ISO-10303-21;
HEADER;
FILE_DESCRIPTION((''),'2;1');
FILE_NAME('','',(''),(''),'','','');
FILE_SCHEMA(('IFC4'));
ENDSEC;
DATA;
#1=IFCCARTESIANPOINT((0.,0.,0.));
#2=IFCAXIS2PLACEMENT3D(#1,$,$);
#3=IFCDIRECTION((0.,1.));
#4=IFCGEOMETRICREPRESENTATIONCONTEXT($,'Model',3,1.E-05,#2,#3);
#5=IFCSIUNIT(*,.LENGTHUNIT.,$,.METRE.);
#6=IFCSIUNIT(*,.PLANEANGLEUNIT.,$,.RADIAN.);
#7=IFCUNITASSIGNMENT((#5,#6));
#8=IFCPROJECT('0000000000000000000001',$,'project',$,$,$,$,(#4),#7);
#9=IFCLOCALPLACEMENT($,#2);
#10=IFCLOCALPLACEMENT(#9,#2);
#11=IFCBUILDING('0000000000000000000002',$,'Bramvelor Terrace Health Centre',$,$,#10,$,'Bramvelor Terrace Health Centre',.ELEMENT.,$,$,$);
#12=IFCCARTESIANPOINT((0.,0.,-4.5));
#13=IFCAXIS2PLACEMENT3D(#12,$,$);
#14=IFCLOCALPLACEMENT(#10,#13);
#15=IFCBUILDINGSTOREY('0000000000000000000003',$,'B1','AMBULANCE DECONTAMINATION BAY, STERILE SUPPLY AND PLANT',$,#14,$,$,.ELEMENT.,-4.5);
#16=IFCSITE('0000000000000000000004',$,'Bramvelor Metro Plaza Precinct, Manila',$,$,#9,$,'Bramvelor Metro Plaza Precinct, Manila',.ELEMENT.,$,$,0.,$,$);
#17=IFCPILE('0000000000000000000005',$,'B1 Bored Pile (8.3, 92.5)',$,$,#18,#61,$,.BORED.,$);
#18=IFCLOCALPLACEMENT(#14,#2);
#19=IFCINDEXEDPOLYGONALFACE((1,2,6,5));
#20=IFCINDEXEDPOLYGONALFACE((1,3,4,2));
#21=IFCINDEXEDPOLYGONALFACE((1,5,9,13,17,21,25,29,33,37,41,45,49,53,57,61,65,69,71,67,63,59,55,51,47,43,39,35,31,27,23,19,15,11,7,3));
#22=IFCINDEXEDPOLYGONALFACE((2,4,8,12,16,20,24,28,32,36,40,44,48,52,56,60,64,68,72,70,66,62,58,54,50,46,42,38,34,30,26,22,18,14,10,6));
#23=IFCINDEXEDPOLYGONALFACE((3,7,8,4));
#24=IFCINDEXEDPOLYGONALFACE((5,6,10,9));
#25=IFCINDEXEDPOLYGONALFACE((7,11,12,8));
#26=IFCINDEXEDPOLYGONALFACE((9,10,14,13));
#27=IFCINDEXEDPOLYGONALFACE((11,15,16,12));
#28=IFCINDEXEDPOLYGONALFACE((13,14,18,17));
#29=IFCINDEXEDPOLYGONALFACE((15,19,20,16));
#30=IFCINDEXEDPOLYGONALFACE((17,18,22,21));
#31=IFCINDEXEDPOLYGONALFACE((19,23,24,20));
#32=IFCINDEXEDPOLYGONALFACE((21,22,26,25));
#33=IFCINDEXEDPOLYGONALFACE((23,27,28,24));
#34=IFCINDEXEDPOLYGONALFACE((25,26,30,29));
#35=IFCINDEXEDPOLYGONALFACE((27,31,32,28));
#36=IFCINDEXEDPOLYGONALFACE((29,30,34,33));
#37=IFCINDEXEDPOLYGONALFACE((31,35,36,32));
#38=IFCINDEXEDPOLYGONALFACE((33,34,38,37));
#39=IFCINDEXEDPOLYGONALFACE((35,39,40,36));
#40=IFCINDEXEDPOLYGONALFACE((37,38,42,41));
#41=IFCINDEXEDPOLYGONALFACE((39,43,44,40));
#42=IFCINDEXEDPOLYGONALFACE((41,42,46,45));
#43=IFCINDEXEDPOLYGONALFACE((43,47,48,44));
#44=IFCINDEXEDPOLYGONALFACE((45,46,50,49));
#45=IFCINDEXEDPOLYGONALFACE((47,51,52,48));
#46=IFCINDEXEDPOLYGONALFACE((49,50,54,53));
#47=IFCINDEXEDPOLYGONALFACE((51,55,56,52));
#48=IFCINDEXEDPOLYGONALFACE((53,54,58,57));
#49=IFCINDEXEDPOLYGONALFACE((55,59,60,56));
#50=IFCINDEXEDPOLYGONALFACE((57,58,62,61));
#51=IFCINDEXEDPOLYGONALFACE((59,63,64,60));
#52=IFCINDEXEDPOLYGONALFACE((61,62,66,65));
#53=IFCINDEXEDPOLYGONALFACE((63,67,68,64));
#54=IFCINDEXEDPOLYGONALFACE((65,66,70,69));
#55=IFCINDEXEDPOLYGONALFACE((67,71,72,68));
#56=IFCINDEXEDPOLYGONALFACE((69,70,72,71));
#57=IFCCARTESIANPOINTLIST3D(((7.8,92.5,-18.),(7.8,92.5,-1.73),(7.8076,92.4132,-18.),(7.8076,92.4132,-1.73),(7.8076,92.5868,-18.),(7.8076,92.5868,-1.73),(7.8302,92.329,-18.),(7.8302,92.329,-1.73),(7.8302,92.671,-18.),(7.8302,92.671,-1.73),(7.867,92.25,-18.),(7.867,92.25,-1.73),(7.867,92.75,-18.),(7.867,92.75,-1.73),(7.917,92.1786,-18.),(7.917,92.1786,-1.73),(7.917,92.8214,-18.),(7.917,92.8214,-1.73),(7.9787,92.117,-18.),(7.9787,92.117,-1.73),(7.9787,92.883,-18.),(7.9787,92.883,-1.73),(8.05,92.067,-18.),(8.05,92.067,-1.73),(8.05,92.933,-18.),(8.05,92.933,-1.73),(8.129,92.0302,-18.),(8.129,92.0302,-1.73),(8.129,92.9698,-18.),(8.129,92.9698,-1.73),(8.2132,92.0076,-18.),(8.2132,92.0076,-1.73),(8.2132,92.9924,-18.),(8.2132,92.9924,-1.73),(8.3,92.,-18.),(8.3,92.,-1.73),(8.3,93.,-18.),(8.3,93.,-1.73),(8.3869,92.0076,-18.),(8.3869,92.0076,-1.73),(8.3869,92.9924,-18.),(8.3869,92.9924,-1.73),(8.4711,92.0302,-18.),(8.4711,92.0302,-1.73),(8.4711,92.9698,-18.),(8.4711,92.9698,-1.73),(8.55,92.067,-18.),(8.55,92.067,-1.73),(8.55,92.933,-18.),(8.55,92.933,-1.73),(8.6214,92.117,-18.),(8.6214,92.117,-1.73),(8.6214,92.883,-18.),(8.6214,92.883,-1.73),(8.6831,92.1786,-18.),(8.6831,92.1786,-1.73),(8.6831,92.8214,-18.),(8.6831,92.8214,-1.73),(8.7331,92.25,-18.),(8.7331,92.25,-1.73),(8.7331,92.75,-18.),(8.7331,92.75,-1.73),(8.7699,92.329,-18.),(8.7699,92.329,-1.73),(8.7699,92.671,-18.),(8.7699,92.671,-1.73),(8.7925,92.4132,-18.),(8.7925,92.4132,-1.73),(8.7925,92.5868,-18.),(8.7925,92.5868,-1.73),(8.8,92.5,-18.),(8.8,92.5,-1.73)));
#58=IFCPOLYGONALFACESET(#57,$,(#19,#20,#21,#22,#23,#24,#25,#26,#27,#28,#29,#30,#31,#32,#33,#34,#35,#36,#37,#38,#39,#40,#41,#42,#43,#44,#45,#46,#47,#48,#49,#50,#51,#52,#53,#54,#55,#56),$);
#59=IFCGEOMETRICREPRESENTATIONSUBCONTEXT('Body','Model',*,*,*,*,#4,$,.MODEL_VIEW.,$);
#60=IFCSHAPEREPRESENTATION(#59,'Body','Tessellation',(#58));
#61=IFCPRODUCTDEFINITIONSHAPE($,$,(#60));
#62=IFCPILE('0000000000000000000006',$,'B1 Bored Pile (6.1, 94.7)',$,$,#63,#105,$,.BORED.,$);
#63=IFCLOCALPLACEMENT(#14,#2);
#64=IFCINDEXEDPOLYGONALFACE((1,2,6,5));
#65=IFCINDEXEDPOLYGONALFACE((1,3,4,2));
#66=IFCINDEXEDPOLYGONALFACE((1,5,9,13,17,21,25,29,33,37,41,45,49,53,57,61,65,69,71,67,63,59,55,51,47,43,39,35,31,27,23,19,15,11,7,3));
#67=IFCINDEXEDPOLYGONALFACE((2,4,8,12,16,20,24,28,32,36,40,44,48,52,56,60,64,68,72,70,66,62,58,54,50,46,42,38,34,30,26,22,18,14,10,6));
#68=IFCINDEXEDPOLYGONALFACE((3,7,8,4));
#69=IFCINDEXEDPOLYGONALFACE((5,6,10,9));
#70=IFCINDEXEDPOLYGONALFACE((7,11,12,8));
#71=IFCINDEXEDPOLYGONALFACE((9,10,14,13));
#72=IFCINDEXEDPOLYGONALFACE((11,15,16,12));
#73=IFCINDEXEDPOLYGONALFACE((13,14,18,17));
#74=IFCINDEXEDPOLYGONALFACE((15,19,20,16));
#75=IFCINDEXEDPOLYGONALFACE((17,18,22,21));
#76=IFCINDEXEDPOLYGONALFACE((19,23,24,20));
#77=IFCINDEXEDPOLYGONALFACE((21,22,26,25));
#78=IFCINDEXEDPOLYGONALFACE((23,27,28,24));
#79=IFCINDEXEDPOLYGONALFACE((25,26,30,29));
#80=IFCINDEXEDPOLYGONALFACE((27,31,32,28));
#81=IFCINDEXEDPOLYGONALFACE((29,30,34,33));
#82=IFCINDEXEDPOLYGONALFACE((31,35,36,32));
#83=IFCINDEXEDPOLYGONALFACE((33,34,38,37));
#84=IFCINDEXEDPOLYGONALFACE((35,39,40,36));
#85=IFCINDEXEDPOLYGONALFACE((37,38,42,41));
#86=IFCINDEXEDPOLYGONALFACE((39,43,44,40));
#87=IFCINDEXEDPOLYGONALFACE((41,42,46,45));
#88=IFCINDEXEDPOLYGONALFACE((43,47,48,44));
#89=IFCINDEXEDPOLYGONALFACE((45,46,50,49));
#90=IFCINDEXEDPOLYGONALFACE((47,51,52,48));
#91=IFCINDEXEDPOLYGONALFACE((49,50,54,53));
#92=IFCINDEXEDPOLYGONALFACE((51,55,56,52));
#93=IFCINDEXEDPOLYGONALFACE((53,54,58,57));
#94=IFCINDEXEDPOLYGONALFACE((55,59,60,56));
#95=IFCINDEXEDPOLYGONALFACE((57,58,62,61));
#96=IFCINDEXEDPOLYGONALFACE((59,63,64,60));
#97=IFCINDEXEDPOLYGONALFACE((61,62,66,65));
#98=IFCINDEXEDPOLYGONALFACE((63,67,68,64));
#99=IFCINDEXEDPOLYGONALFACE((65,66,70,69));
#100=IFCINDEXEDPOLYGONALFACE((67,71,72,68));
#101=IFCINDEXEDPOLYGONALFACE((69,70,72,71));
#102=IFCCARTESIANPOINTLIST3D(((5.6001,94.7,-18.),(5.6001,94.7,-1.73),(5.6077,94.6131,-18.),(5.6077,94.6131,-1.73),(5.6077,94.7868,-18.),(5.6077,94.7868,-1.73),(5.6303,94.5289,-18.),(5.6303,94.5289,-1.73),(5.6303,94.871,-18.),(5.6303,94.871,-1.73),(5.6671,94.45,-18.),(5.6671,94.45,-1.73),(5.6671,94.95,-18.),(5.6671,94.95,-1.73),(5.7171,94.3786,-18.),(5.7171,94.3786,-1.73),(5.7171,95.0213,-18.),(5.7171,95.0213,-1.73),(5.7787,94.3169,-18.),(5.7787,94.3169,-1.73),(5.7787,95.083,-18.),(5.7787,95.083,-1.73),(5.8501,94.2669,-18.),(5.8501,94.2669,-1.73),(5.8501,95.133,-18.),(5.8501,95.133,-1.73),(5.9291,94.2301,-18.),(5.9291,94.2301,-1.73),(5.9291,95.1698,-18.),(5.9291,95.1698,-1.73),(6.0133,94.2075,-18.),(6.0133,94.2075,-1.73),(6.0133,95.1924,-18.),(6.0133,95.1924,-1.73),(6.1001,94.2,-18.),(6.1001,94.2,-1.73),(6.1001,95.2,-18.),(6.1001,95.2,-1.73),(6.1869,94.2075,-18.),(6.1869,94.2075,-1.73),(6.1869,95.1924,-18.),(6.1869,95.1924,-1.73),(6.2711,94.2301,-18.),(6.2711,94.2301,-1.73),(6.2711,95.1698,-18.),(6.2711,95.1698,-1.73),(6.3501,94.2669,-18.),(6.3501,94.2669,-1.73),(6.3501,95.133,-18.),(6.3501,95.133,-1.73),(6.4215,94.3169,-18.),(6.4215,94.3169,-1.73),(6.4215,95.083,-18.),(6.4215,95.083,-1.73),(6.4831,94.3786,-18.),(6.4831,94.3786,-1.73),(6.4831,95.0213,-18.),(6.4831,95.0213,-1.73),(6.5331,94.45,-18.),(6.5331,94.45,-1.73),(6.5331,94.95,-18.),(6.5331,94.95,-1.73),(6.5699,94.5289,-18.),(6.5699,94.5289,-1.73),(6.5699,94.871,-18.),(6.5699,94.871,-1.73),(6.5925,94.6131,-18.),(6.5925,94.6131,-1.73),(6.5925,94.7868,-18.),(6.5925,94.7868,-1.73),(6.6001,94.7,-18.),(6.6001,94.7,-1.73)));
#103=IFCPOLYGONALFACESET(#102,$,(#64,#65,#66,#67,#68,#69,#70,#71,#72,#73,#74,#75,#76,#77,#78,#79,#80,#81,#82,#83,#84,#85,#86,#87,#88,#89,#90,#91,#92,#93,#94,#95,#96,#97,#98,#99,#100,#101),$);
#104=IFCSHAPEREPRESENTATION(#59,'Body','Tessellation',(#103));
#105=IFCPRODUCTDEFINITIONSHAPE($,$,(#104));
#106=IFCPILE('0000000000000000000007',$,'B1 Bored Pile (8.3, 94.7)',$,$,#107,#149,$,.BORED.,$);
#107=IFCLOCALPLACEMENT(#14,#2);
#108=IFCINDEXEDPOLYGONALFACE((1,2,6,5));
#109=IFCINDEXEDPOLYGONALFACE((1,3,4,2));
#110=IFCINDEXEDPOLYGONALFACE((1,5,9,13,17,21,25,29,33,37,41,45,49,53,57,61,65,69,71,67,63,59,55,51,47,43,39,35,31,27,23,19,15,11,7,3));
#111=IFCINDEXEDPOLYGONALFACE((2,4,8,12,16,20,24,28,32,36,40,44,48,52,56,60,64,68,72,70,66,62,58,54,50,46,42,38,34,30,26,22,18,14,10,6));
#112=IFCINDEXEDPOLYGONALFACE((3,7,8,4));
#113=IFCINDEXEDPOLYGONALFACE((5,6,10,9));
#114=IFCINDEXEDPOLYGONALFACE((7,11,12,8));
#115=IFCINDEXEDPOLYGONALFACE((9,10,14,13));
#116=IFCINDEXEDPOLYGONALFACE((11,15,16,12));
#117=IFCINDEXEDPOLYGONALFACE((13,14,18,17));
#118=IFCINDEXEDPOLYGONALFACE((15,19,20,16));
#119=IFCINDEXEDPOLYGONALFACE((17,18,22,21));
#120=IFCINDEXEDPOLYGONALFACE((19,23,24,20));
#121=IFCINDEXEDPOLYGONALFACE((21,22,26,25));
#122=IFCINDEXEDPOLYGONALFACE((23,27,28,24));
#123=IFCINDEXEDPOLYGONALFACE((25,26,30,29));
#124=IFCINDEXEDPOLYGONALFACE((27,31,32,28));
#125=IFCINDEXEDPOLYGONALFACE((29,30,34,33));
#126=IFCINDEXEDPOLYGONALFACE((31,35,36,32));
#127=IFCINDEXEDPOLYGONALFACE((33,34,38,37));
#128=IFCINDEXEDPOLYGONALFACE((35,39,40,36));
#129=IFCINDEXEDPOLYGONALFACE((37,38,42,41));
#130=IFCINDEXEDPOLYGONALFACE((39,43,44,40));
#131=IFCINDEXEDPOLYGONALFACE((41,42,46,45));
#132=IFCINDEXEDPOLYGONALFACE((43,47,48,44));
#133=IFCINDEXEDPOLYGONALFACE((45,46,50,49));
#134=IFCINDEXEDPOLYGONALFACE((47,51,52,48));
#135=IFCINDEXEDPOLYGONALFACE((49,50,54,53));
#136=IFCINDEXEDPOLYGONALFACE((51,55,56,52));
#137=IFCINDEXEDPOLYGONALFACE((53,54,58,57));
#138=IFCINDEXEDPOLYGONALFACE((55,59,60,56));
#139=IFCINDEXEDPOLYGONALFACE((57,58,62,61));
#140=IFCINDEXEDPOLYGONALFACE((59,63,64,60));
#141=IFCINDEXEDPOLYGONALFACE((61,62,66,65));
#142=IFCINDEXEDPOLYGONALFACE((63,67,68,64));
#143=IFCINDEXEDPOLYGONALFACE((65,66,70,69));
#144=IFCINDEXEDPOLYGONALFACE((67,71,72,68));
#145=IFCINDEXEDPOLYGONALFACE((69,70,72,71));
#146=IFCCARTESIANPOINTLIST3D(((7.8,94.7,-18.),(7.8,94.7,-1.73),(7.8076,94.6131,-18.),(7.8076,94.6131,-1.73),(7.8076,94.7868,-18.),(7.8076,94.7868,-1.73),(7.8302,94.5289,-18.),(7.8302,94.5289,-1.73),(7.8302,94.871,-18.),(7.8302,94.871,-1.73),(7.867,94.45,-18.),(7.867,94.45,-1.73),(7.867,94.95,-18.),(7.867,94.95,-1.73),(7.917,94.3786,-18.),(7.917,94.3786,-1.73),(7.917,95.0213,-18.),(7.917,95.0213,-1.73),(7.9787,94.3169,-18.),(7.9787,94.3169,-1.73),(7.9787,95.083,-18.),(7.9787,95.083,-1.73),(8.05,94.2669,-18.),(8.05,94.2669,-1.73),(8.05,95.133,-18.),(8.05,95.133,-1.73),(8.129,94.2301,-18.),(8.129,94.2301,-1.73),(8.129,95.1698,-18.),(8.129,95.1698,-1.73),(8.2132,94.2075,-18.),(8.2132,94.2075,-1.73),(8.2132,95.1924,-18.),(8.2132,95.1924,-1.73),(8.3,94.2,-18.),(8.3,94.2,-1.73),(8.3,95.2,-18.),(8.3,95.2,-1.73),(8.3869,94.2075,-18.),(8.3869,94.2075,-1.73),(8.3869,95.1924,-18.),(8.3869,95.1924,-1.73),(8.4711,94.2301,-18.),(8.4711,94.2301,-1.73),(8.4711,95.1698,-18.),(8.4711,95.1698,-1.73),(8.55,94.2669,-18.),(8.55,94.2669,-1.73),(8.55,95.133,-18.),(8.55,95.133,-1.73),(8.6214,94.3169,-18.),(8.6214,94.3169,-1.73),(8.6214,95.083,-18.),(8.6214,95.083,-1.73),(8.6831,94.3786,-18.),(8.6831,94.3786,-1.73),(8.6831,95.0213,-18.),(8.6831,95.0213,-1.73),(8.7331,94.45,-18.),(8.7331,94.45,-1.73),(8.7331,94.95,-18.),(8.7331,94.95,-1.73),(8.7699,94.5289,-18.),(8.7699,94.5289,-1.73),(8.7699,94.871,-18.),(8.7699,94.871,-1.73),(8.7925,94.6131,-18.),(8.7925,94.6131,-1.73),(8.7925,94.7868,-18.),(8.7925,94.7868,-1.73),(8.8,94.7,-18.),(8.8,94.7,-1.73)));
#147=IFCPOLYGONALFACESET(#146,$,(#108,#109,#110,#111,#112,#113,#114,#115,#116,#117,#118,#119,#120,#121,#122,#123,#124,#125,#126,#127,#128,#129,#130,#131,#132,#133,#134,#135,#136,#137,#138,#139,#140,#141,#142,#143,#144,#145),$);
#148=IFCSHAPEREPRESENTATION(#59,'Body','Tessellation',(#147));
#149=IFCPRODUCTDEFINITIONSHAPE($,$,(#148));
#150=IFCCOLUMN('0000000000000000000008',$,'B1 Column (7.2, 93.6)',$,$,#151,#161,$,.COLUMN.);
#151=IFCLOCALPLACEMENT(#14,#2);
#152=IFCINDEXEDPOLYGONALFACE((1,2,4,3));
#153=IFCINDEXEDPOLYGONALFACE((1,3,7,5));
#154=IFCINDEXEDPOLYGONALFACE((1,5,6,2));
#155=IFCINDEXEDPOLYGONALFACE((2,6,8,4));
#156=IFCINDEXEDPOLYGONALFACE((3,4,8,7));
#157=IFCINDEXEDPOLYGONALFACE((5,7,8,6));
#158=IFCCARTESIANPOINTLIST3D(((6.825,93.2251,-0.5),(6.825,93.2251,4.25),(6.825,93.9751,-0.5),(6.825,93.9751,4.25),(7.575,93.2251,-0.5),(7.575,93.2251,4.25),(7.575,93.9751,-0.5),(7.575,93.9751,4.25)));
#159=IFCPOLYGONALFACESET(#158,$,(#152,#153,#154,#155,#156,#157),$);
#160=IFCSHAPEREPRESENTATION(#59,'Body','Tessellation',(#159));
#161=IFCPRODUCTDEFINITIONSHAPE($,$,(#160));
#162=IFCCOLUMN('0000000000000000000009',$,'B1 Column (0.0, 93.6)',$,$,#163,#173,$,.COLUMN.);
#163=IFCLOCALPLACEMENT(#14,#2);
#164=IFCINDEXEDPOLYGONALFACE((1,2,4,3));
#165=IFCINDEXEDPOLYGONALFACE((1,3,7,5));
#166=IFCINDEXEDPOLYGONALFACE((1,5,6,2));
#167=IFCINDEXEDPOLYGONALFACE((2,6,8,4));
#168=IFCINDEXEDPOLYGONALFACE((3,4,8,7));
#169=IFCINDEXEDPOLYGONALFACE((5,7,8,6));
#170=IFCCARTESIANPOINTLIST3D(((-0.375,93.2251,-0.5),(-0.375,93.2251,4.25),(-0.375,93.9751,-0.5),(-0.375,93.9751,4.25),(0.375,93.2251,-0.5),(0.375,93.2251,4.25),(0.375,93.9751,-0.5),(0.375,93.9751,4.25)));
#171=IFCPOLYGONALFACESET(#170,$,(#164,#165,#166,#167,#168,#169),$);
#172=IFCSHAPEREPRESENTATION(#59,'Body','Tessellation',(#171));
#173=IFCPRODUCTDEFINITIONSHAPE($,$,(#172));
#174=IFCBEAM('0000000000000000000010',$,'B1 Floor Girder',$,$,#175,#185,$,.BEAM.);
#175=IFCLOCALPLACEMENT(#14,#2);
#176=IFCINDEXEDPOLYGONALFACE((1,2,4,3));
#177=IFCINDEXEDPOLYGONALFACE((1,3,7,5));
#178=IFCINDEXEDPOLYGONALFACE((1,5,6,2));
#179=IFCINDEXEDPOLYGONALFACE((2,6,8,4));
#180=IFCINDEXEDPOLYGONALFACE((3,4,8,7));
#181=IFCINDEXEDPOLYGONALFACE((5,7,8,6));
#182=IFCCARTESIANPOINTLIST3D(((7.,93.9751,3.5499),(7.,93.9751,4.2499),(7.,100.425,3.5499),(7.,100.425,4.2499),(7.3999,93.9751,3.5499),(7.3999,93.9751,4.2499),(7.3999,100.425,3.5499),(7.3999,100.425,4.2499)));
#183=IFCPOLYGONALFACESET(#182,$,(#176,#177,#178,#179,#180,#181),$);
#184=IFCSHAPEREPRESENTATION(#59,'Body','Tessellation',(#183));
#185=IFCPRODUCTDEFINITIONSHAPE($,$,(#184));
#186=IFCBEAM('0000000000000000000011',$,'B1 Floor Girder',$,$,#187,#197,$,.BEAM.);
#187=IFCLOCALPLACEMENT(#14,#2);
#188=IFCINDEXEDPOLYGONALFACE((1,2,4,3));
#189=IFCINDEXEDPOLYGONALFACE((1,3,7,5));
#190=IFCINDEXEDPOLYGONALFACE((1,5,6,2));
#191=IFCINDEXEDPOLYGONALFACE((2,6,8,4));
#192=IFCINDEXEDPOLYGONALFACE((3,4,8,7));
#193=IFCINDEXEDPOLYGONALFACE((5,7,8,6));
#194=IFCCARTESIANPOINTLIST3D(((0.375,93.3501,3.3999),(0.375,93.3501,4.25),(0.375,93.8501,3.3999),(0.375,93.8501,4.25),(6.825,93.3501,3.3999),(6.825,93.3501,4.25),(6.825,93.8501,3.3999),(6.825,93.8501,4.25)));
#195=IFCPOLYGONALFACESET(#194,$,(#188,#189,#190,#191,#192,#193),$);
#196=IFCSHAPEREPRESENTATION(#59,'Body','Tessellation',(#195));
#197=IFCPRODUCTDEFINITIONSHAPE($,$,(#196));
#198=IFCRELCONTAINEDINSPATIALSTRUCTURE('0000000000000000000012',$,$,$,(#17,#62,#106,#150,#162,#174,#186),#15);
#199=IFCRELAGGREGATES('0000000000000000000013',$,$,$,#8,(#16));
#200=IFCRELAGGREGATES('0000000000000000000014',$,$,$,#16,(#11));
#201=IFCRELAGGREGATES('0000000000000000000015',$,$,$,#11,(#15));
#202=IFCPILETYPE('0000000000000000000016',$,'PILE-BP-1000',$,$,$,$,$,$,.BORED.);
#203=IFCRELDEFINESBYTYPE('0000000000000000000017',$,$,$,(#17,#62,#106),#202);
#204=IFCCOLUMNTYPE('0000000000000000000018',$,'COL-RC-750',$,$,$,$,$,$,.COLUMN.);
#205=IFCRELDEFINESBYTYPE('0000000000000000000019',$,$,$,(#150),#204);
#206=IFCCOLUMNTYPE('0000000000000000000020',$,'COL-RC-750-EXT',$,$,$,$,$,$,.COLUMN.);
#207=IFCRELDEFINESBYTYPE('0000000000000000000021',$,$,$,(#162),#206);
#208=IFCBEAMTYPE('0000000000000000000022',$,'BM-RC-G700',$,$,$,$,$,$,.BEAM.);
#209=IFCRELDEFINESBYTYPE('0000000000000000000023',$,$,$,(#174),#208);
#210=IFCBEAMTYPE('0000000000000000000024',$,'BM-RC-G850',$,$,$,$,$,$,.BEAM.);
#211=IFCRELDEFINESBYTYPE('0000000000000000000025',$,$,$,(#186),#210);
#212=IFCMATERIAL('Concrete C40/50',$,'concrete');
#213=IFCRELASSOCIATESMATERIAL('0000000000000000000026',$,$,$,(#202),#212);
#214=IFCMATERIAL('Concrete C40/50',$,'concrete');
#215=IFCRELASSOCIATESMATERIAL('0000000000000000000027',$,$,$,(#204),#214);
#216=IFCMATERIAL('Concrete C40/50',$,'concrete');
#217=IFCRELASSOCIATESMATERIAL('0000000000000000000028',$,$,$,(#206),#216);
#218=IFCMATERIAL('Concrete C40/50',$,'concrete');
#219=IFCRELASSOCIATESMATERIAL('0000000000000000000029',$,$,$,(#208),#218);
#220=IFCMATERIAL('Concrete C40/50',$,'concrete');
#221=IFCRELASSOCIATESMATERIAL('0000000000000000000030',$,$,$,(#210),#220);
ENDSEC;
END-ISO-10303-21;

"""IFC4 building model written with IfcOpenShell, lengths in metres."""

from ifc_helpers import new_model, si_unit, direction, frame, origin, origin_2d, place, context, subcontext, project, spatial, rectangle, circle, extrude, material, material_profile, profile_set, type_object, element, save


model = new_model("IFC4")

# Units and contexts
model_context = context("Model", 3, precision=1e-05, world=origin(), true_north=direction((0.0, 1.0)))
body_context = subcontext(model_context, "Body", "Model", "MODEL_VIEW")
ifc_project = project(units=[si_unit("LENGTHUNIT", "METRE"), si_unit("PLANEANGLEUNIT", "RADIAN")], contexts=[model_context])

# Site, building, storey
site_placement = place(None, origin())
site = spatial("IfcSite", under=ifc_project, at=site_placement, Name="Bramvelor Metro Plaza Precinct, Manila", LongName="Bramvelor Metro Plaza Precinct, Manila", CompositionType="ELEMENT", RefElevation=0.0)
building_placement = place(site_placement, origin())
building = spatial("IfcBuilding", under=site, at=building_placement, Name="Bramvelor Terrace Health Centre", LongName="Bramvelor Terrace Health Centre", CompositionType="ELEMENT")
storey_placement = place(building_placement, frame((0.0, 0.0, -4.5)))
storey = spatial("IfcBuildingStorey", under=building, at=storey_placement, Name="B1", Description="AMBULANCE DECONTAMINATION BAY, STERILE SUPPLY AND PLANT", CompositionType="ELEMENT", Elevation=-4.5)

# Piles
ifc_material_1 = material(Name="Concrete C40/50", Category="concrete")
ifc_material_profile_1 = material_profile(ifc_material_1, circle(Radius=0.5, at=origin_2d()), Name="BP D1000")
ifc_profile_set_1 = profile_set([ifc_material_profile_1], Name="Concrete C40/50")
pile_type = type_object("IfcPileType", Name="PILE-BP-1000", PredefinedType="BORED", material=ifc_profile_set_1)
for number, where, z_axis, x_axis, name in (
    (1, (8.3, 92.5, -1.73), (0.0, 0.0, -1.0), (1.0, 0.0, 0.0), "B1 Bored Pile (8.3, 92.5)"),
    (2, (6.1001, 94.7, -1.73), (0.0, 0.0, -1.0), (1.0, 0.0, 0.0), "B1 Bored Pile (6.1, 94.7)"),
    (3, (8.3, 94.7, -1.73), (0.0, 0.0, -1.0), (1.0, 0.0, 0.0), "B1 Bored Pile (8.3, 94.7)"),
):
    element("IfcPile", number, at=place(storey_placement, frame(where, z_axis=z_axis, x_axis=x_axis)), inside=storey, type_object=pile_type, Name=name, PredefinedType="BORED", context=body_context, shape_type="SweptSolid", body=[
        extrude(circle(Radius=0.5, at=origin_2d()), origin(), (0.0, 0.0, 1.0), 16.27),
    ])

# Columns
ifc_material_2 = material(Name="Concrete C40/50", Category="concrete")
ifc_material_profile_2 = material_profile(ifc_material_2, rectangle(XDim=0.75, YDim=0.75, at=origin_2d()), Name="RC 750x750")
ifc_profile_set_2 = profile_set([ifc_material_profile_2], Name="Concrete C40/50")
column_type_1 = type_object("IfcColumnType", Name="COL-RC-750", PredefinedType="COLUMN", material=ifc_profile_set_2)
column_1_placement = place(storey_placement, frame((7.2, 93.6001, -0.5), z_axis=(0.0, 0.0, 1.0), x_axis=(1.0, 0.0, 0.0)))
element("IfcColumn", 4, at=column_1_placement, inside=storey, type_object=column_type_1, Name="B1 Column (7.2, 93.6)", PredefinedType="COLUMN", context=body_context, shape_type="SweptSolid", body=[
    extrude(rectangle(XDim=0.75, YDim=0.75, at=origin_2d()), origin(), (0.0, 0.0, 1.0), 4.75),
])
ifc_material_3 = material(Name="Concrete C40/50", Category="concrete")
ifc_material_profile_3 = material_profile(ifc_material_3, rectangle(XDim=0.75, YDim=0.75, at=origin_2d()), Name="RC 750x750")
ifc_profile_set_3 = profile_set([ifc_material_profile_3], Name="Concrete C40/50")
column_type_2 = type_object("IfcColumnType", Name="COL-RC-750-EXT", PredefinedType="COLUMN", material=ifc_profile_set_3)
column_2_placement = place(storey_placement, frame((0.0, 93.6001, -0.5), z_axis=(0.0, 0.0, 1.0), x_axis=(1.0, 0.0, 0.0)))
element("IfcColumn", 5, at=column_2_placement, inside=storey, type_object=column_type_2, Name="B1 Column (0.0, 93.6)", PredefinedType="COLUMN", context=body_context, shape_type="SweptSolid", body=[
    extrude(rectangle(XDim=0.75, YDim=0.75, at=origin_2d()), origin(), (0.0, 0.0, 1.0), 4.75),
])

# Beams
ifc_material_4 = material(Name="Concrete C40/50", Category="concrete")
ifc_material_profile_4 = material_profile(ifc_material_4, rectangle(XDim=0.3999, YDim=0.7, at=origin_2d()), Name="RC 400x700")
ifc_profile_set_4 = profile_set([ifc_material_profile_4], Name="Concrete C40/50")
beam_type_1 = type_object("IfcBeamType", Name="BM-RC-G700", PredefinedType="BEAM", material=ifc_profile_set_4)
beam_1_placement = place(storey_placement, frame((7.2, 93.9751, 3.8999), z_axis=(0.0, 1.0, 0.0), x_axis=(-1.0, 0.0, 0.0)))
element("IfcBeam", 6, at=beam_1_placement, inside=storey, type_object=beam_type_1, Name="B1 Floor Girder", PredefinedType="BEAM", context=body_context, shape_type="SweptSolid", body=[
    extrude(rectangle(XDim=0.3999, YDim=0.7, at=origin_2d()), origin(), (0.0, 0.0, 1.0), 6.45),
])
ifc_material_5 = material(Name="Concrete C40/50", Category="concrete")
ifc_material_profile_5 = material_profile(ifc_material_5, rectangle(XDim=0.5, YDim=0.8501, at=origin_2d()), Name="RC 500x850")
ifc_profile_set_5 = profile_set([ifc_material_profile_5], Name="Concrete C40/50")
beam_type_2 = type_object("IfcBeamType", Name="BM-RC-G850", PredefinedType="BEAM", material=ifc_profile_set_5)
for number, where, z_axis, x_axis, name in (
    (7, (0.375, 93.6001, 3.825), (1.0, 0.0, 0.0), (0.0, 1.0, 0.0), "B1 Floor Girder"),
):
    element("IfcBeam", number, at=place(storey_placement, frame(where, z_axis=z_axis, x_axis=x_axis)), inside=storey, type_object=beam_type_2, Name=name, PredefinedType="BEAM", context=body_context, shape_type="SweptSolid", body=[
        extrude(rectangle(XDim=0.5, YDim=0.8501, at=origin_2d()), origin(), (0.0, 0.0, 1.0), 6.45),
    ])

save(model, "model.ifc")
